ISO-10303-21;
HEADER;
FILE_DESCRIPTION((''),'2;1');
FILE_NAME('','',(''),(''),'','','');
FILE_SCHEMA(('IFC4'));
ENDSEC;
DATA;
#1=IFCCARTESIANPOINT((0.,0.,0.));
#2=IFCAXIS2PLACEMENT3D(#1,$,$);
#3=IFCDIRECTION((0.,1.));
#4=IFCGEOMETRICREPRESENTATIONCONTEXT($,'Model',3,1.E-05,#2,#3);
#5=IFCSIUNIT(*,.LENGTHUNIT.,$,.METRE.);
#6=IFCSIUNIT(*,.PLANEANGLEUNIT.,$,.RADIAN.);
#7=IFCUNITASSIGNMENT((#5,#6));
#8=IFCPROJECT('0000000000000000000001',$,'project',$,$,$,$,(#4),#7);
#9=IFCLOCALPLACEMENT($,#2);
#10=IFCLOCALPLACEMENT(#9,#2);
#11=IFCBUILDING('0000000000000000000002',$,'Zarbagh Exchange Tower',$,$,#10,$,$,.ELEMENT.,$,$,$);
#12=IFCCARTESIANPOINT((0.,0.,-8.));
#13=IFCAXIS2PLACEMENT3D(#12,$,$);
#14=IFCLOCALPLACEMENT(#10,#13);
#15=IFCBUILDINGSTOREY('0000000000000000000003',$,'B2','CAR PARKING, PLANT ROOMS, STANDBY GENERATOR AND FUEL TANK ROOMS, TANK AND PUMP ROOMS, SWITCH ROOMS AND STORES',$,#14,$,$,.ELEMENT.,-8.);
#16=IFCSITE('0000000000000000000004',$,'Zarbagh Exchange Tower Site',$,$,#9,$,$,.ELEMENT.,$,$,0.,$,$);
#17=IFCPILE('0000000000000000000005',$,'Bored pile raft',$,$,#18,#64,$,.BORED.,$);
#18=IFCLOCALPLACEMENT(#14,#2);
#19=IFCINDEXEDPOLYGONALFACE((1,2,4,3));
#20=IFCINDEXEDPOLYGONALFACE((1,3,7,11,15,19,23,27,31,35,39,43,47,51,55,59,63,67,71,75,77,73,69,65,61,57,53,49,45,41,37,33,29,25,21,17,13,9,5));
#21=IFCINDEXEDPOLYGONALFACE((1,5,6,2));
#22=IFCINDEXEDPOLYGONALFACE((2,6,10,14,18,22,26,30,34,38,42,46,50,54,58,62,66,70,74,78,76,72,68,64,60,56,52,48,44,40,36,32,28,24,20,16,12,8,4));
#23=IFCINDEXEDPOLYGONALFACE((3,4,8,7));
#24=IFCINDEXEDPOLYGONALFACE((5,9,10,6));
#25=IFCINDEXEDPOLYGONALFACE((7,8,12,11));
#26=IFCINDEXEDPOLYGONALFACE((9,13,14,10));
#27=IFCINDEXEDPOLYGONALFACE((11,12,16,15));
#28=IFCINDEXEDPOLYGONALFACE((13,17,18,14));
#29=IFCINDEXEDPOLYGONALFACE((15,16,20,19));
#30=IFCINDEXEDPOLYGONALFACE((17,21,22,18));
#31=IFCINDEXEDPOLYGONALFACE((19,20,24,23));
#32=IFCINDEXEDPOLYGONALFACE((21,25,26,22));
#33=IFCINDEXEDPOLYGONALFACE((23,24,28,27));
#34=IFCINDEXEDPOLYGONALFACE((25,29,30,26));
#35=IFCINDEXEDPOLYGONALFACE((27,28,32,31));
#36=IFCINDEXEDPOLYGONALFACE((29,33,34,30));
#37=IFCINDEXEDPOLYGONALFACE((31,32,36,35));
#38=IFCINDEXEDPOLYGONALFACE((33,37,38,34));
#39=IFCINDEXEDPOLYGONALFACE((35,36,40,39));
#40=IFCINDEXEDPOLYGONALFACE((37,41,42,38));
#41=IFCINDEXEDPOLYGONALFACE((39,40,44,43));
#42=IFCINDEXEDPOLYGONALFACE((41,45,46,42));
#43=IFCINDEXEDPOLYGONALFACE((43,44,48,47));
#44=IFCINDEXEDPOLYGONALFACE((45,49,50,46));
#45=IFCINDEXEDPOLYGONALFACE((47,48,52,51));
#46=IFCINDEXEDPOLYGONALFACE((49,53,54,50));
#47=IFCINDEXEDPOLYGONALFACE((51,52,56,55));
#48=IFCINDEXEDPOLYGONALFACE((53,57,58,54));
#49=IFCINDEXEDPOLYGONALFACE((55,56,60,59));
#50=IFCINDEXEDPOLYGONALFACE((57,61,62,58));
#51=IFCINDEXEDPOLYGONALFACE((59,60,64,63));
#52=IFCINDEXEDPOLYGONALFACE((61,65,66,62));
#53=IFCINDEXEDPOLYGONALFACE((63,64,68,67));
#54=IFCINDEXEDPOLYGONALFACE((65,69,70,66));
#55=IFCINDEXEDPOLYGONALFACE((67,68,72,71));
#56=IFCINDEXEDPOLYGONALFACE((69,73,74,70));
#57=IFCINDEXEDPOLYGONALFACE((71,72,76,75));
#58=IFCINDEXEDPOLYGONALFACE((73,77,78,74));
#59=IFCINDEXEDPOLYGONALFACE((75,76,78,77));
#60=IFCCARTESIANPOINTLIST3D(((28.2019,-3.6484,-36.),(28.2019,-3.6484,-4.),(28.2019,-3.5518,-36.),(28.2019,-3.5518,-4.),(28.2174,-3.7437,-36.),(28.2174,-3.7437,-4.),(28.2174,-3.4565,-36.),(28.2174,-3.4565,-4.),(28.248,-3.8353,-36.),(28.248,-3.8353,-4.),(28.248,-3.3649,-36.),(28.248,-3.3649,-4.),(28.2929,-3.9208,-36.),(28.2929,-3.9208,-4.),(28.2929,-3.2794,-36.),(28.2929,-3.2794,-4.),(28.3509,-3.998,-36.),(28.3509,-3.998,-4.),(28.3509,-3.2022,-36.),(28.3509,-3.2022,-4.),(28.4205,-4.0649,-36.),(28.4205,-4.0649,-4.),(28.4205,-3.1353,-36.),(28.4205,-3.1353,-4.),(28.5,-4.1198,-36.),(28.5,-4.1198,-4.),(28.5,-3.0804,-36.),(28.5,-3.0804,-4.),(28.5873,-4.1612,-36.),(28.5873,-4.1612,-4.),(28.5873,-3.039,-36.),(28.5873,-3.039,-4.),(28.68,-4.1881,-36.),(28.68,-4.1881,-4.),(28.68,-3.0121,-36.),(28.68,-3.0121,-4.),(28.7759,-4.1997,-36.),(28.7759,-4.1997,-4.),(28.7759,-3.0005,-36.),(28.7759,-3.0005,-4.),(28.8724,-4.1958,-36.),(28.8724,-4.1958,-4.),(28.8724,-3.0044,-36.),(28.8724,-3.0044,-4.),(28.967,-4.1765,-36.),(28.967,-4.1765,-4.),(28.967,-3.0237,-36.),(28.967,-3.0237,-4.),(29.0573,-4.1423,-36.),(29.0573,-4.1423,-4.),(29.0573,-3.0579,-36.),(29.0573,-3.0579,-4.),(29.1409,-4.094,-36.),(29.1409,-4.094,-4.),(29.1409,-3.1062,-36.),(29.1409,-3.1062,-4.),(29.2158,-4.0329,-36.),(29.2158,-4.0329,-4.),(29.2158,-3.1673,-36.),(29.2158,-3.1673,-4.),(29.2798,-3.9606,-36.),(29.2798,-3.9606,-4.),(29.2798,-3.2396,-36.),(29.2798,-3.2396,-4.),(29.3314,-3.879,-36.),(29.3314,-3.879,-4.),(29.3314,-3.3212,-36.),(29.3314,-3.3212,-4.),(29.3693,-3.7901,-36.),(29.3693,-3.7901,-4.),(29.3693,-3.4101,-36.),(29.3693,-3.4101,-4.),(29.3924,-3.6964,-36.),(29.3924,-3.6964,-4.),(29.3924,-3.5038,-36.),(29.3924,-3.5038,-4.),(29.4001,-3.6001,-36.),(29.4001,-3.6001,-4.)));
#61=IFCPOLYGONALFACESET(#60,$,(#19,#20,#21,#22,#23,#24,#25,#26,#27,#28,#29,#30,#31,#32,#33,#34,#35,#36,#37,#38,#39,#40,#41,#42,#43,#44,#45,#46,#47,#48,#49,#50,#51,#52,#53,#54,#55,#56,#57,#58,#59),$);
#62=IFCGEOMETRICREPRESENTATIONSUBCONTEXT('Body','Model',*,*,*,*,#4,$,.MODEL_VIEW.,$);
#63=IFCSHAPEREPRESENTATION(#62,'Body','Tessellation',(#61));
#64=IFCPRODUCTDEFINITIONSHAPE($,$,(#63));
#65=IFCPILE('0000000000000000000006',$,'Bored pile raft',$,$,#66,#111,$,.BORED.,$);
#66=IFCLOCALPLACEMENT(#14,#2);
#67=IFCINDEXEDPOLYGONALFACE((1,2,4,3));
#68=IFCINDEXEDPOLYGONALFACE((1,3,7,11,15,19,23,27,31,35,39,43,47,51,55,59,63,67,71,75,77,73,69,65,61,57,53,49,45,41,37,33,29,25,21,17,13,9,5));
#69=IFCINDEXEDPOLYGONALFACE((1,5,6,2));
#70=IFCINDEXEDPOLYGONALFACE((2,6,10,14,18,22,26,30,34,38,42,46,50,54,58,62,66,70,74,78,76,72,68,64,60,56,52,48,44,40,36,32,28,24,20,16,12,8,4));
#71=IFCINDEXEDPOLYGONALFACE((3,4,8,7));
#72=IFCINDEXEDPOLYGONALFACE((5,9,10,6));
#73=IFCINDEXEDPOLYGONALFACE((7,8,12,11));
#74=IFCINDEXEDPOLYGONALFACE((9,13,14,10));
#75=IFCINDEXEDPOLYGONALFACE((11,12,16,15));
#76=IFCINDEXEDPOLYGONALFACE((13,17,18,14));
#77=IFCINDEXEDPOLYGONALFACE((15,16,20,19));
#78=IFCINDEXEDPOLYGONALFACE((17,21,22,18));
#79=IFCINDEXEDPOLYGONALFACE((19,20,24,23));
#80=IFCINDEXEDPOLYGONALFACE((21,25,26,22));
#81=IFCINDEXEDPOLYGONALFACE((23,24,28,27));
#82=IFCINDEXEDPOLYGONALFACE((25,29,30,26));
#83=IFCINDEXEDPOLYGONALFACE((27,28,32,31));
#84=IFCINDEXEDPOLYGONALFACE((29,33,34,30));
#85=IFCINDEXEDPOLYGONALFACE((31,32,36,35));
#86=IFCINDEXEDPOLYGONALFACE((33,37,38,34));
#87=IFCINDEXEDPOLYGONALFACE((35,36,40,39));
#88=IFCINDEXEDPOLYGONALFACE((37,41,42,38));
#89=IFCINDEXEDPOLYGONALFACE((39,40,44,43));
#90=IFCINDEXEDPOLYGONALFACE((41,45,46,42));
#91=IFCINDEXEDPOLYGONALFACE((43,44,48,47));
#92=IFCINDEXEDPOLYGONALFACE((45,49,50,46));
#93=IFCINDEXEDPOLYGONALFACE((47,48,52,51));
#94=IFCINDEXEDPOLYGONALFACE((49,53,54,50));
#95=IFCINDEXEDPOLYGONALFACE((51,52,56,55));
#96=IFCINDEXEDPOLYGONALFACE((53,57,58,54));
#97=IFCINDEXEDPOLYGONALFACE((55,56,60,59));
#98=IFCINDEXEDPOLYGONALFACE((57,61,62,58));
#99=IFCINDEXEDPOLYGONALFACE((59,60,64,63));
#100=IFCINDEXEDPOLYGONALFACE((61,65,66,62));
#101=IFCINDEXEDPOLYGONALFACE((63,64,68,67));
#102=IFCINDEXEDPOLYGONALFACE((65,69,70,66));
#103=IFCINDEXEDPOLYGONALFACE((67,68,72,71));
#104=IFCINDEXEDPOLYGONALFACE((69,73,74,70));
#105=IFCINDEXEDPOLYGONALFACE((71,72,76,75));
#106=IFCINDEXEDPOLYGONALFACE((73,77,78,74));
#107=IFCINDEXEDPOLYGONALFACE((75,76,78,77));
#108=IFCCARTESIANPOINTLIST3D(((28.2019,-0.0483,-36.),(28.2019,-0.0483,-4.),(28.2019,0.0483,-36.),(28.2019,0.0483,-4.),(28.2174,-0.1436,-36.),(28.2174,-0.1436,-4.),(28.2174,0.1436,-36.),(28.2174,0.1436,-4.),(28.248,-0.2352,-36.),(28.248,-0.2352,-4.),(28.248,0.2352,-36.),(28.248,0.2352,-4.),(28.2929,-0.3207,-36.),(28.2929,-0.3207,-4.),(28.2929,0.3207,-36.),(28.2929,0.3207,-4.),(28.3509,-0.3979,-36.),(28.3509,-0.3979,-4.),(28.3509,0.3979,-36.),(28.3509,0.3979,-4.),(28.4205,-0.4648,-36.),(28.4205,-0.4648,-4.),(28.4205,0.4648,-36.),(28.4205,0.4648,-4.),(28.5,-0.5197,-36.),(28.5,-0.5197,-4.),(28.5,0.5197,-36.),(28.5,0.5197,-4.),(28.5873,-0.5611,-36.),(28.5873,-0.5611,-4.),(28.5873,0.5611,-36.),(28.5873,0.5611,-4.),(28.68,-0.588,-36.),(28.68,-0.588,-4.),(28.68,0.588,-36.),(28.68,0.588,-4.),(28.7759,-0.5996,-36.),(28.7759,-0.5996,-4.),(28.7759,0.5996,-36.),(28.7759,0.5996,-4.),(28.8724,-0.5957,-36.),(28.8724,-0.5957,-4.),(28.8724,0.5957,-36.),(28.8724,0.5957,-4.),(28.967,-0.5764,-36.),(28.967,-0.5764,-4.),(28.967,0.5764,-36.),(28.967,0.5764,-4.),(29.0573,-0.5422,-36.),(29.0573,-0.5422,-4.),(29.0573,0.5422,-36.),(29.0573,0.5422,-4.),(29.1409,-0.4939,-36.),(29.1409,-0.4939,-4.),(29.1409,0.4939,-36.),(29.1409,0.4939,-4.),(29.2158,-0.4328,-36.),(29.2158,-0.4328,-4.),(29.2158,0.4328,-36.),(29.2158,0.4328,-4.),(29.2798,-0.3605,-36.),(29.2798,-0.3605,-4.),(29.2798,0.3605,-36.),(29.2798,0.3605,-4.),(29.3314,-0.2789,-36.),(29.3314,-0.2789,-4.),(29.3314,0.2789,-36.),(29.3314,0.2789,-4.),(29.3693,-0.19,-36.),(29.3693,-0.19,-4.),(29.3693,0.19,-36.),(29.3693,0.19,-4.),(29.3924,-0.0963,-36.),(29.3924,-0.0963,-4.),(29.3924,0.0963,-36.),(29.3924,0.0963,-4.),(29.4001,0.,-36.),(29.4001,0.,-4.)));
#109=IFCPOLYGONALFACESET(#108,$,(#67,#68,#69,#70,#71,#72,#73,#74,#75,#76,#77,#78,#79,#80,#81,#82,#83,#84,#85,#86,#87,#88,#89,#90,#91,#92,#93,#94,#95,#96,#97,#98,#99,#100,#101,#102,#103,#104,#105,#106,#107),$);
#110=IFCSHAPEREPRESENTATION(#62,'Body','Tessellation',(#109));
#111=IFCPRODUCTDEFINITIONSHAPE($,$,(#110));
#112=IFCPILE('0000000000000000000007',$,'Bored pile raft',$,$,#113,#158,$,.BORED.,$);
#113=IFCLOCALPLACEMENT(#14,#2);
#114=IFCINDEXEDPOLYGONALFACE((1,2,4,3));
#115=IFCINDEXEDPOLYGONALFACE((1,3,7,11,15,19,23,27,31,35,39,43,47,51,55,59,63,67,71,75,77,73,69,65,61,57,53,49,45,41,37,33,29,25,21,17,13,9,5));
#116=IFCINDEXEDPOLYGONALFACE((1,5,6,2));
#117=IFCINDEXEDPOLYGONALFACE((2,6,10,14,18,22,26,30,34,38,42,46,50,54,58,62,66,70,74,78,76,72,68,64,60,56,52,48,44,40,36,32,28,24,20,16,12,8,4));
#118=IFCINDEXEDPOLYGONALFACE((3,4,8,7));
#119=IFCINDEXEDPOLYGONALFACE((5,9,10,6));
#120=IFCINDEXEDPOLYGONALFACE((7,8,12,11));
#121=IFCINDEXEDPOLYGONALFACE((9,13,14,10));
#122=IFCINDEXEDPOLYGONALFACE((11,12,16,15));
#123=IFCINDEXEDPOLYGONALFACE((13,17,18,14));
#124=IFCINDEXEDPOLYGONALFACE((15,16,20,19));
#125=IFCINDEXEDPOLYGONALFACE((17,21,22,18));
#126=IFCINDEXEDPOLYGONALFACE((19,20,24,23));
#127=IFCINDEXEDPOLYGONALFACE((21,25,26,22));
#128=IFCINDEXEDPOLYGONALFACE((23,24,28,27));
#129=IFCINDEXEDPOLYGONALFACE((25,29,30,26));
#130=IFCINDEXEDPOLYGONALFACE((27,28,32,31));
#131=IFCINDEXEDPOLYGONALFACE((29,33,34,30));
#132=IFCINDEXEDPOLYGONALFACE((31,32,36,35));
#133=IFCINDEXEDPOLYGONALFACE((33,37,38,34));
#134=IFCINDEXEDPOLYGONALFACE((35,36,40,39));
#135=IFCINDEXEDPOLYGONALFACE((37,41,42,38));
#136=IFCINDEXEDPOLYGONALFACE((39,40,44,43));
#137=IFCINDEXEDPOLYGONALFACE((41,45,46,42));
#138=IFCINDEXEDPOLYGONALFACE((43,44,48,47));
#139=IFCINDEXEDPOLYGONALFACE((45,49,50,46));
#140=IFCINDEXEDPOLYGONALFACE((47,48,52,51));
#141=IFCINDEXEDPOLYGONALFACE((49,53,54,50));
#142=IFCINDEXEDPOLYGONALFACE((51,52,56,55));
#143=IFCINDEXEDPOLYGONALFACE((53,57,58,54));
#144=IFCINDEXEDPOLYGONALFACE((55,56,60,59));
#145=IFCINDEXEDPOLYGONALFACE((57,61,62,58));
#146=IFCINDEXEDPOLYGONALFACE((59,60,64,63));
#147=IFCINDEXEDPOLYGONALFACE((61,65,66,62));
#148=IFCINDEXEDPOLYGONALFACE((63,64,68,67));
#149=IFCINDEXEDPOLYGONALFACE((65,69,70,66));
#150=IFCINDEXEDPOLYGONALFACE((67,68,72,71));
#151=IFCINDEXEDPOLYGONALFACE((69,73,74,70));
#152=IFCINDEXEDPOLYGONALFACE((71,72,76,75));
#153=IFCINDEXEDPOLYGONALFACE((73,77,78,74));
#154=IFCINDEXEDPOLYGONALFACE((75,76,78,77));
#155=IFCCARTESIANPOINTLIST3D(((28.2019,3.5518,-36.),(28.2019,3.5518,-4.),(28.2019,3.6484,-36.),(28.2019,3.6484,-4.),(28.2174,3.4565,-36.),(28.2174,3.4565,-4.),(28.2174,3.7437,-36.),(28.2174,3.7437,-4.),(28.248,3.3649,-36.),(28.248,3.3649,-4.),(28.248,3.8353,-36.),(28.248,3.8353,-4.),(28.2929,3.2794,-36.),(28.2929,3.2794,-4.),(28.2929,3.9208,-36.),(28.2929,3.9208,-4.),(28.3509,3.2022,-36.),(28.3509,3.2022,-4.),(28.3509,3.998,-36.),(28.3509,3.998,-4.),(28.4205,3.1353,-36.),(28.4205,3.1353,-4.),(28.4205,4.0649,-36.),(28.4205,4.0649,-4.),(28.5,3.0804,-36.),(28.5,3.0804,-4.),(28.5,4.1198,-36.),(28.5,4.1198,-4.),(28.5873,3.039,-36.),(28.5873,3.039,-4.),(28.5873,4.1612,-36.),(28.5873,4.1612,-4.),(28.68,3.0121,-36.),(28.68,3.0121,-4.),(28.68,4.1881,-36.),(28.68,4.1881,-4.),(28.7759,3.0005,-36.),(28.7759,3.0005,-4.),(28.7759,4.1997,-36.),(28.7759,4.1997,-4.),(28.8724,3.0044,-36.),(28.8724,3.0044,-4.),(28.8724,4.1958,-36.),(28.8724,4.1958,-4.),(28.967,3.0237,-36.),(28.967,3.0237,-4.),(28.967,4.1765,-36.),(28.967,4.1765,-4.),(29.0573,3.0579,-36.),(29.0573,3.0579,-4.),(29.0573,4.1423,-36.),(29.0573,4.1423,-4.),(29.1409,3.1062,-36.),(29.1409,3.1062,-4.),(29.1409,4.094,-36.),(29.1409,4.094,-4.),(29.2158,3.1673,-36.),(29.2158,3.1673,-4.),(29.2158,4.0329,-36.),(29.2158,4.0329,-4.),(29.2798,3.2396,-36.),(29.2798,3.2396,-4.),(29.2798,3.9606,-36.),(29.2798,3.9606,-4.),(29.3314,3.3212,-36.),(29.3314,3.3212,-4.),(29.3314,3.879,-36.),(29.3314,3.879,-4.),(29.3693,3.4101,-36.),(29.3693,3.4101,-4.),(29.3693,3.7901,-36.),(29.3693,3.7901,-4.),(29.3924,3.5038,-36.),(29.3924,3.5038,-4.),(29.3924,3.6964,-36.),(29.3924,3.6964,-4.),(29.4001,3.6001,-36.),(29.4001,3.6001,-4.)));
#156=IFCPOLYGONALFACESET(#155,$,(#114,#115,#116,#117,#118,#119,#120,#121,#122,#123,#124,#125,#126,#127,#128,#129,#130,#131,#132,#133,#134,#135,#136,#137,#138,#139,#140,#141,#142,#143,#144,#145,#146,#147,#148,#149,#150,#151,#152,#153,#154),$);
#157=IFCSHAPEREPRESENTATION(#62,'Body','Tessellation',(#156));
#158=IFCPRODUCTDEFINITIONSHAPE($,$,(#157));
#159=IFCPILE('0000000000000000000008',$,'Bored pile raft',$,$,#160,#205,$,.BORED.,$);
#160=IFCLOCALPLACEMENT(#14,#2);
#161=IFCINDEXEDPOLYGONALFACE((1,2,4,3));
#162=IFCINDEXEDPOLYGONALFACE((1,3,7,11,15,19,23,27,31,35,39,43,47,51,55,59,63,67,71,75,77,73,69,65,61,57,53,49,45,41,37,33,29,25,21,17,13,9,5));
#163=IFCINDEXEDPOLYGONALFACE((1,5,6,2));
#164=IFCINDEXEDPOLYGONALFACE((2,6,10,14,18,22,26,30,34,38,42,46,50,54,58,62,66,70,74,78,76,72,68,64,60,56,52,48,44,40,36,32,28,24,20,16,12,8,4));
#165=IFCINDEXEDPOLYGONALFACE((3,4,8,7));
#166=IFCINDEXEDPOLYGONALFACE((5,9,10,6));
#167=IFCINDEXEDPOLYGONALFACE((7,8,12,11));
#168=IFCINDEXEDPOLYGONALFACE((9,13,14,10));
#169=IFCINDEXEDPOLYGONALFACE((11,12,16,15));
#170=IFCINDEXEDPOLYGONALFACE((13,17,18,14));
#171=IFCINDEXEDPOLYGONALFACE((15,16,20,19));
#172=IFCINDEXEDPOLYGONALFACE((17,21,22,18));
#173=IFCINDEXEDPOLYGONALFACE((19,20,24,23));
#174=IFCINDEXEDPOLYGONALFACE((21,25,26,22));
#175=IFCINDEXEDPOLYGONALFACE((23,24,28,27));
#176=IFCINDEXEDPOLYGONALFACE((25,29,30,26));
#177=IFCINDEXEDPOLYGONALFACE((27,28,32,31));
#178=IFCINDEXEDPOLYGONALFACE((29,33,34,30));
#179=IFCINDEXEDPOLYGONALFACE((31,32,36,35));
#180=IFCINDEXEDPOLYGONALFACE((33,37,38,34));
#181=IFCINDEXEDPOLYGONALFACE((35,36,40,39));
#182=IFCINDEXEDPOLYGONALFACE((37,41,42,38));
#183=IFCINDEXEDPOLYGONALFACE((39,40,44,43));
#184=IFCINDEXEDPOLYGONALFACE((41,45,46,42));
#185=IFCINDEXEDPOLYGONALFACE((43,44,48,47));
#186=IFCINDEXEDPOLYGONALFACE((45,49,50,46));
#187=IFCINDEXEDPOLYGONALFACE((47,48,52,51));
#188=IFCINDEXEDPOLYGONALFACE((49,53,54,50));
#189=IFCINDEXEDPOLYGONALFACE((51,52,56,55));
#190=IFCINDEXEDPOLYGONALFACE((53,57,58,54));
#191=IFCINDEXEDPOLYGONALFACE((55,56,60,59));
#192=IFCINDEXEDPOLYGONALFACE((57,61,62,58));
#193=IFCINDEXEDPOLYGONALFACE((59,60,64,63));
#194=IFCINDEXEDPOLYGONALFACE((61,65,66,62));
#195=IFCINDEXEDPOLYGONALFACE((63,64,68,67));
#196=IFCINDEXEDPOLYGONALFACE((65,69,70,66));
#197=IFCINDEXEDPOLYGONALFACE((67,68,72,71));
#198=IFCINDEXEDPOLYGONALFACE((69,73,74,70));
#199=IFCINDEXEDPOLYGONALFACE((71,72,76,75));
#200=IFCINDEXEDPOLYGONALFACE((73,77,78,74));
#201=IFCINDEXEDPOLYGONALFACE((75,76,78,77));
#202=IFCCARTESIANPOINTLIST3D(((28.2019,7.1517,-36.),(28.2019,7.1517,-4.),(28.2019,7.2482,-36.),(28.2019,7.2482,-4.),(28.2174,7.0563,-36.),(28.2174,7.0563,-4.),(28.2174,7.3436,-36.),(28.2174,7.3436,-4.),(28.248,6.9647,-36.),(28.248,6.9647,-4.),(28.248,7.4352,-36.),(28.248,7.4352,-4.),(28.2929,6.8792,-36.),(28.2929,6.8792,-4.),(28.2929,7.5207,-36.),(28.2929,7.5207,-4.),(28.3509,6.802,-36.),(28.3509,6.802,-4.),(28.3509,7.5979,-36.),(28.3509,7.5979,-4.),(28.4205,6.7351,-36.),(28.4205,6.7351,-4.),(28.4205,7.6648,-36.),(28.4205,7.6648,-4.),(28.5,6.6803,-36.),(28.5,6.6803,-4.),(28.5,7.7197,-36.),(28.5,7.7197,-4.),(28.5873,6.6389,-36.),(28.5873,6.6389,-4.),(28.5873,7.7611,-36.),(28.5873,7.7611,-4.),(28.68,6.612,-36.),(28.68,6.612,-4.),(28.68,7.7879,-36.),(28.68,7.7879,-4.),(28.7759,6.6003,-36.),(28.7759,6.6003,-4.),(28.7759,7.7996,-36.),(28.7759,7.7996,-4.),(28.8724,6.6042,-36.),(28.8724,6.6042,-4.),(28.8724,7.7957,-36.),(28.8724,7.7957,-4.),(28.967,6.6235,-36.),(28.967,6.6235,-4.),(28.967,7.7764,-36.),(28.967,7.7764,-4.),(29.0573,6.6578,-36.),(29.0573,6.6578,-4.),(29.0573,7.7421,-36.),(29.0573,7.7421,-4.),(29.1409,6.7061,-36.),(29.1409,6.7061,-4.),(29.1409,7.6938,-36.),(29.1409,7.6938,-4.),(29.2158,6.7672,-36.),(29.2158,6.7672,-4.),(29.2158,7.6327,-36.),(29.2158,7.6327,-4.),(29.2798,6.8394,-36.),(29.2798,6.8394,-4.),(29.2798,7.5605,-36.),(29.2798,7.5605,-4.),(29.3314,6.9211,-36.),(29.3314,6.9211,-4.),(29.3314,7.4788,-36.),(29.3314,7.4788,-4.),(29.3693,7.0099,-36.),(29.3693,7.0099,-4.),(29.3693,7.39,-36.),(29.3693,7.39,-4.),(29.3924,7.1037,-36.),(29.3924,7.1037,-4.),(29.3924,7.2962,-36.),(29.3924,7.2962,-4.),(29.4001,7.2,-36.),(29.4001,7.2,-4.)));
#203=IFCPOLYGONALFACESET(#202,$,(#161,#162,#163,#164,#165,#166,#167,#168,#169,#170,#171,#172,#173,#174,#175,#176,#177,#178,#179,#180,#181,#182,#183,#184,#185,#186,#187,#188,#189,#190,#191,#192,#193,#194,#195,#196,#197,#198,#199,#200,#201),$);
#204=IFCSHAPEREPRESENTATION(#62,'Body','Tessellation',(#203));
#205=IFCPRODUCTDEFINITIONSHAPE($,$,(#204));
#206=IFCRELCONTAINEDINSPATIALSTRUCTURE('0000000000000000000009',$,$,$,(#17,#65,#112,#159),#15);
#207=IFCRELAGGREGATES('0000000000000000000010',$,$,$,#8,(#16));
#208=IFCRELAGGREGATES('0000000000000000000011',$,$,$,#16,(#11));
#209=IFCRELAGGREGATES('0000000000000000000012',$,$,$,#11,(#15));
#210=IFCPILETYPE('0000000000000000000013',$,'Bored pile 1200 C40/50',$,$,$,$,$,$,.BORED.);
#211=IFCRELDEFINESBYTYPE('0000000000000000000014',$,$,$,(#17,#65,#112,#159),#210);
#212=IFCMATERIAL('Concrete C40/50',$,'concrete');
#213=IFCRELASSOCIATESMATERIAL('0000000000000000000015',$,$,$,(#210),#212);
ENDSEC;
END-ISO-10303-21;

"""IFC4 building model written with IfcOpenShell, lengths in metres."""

from ifc_helpers import new_model, si_unit, direction, frame, origin, origin_2d, place, context, subcontext, project, spatial, circle, extrude, material, material_profile, profile_set, type_object, element, save


model = new_model("IFC4")

# Units and contexts
model_context = context("Model", 3, precision=1e-05, world=origin(), true_north=direction((0.0, 1.0)))
body_context = subcontext(model_context, "Body", "Model", "MODEL_VIEW")
ifc_project = project(units=[si_unit("LENGTHUNIT", "METRE"), si_unit("PLANEANGLEUNIT", "RADIAN")], contexts=[model_context])

# Site, building, storey
site_placement = place(None, origin())
site = spatial("IfcSite", under=ifc_project, at=site_placement, Name="Zarbagh Exchange Tower Site", CompositionType="ELEMENT", RefElevation=0.0)
building_placement = place(site_placement, origin())
building = spatial("IfcBuilding", under=site, at=building_placement, Name="Zarbagh Exchange Tower", CompositionType="ELEMENT")
storey_placement = place(building_placement, frame((0.0, 0.0, -8.0)))
storey = spatial("IfcBuildingStorey", under=building, at=storey_placement, Name="B2", Description="CAR PARKING, PLANT ROOMS, STANDBY GENERATOR AND FUEL TANK ROOMS, TANK AND PUMP ROOMS, SWITCH ROOMS AND STORES", CompositionType="ELEMENT", Elevation=-8.0)

# Piles
ifc_material_1 = material(Name="Concrete C40/50", Category="concrete")
ifc_material_profile_1 = material_profile(ifc_material_1, circle(Radius=0.6001, at=origin_2d()), Name="Bored pile 1200 C40/50")
ifc_profile_set_1 = profile_set([ifc_material_profile_1], Name="Concrete C40/50")
pile_type = type_object("IfcPileType", Name="Bored pile 1200 C40/50", PredefinedType="BORED", material=ifc_profile_set_1)
for number, where, z_axis, x_axis, name in (
    (1, (28.8, -3.6001, -4.0), (0.0, 0.0, -1.0), (1.0, 0.0, 0.0), "Bored pile raft"),
    (2, (28.8, 0.0, -4.0), (0.0, 0.0, -1.0), (1.0, 0.0, 0.0), "Bored pile raft"),
    (3, (28.8, 3.6001, -4.0), (0.0, 0.0, -1.0), (1.0, 0.0, 0.0), "Bored pile raft"),
    (4, (28.8, 7.2, -4.0), (0.0, 0.0, -1.0), (1.0, 0.0, 0.0), "Bored pile raft"),
):
    element("IfcPile", number, at=place(storey_placement, frame(where, z_axis=z_axis, x_axis=x_axis)), inside=storey, type_object=pile_type, Name=name, PredefinedType="BORED", context=body_context, shape_type="SweptSolid", body=[
        extrude(circle(Radius=0.6001, at=origin_2d()), origin(), (0.0, 0.0, 1.0), 32.0),
    ])

save(model, "model.ifc")
